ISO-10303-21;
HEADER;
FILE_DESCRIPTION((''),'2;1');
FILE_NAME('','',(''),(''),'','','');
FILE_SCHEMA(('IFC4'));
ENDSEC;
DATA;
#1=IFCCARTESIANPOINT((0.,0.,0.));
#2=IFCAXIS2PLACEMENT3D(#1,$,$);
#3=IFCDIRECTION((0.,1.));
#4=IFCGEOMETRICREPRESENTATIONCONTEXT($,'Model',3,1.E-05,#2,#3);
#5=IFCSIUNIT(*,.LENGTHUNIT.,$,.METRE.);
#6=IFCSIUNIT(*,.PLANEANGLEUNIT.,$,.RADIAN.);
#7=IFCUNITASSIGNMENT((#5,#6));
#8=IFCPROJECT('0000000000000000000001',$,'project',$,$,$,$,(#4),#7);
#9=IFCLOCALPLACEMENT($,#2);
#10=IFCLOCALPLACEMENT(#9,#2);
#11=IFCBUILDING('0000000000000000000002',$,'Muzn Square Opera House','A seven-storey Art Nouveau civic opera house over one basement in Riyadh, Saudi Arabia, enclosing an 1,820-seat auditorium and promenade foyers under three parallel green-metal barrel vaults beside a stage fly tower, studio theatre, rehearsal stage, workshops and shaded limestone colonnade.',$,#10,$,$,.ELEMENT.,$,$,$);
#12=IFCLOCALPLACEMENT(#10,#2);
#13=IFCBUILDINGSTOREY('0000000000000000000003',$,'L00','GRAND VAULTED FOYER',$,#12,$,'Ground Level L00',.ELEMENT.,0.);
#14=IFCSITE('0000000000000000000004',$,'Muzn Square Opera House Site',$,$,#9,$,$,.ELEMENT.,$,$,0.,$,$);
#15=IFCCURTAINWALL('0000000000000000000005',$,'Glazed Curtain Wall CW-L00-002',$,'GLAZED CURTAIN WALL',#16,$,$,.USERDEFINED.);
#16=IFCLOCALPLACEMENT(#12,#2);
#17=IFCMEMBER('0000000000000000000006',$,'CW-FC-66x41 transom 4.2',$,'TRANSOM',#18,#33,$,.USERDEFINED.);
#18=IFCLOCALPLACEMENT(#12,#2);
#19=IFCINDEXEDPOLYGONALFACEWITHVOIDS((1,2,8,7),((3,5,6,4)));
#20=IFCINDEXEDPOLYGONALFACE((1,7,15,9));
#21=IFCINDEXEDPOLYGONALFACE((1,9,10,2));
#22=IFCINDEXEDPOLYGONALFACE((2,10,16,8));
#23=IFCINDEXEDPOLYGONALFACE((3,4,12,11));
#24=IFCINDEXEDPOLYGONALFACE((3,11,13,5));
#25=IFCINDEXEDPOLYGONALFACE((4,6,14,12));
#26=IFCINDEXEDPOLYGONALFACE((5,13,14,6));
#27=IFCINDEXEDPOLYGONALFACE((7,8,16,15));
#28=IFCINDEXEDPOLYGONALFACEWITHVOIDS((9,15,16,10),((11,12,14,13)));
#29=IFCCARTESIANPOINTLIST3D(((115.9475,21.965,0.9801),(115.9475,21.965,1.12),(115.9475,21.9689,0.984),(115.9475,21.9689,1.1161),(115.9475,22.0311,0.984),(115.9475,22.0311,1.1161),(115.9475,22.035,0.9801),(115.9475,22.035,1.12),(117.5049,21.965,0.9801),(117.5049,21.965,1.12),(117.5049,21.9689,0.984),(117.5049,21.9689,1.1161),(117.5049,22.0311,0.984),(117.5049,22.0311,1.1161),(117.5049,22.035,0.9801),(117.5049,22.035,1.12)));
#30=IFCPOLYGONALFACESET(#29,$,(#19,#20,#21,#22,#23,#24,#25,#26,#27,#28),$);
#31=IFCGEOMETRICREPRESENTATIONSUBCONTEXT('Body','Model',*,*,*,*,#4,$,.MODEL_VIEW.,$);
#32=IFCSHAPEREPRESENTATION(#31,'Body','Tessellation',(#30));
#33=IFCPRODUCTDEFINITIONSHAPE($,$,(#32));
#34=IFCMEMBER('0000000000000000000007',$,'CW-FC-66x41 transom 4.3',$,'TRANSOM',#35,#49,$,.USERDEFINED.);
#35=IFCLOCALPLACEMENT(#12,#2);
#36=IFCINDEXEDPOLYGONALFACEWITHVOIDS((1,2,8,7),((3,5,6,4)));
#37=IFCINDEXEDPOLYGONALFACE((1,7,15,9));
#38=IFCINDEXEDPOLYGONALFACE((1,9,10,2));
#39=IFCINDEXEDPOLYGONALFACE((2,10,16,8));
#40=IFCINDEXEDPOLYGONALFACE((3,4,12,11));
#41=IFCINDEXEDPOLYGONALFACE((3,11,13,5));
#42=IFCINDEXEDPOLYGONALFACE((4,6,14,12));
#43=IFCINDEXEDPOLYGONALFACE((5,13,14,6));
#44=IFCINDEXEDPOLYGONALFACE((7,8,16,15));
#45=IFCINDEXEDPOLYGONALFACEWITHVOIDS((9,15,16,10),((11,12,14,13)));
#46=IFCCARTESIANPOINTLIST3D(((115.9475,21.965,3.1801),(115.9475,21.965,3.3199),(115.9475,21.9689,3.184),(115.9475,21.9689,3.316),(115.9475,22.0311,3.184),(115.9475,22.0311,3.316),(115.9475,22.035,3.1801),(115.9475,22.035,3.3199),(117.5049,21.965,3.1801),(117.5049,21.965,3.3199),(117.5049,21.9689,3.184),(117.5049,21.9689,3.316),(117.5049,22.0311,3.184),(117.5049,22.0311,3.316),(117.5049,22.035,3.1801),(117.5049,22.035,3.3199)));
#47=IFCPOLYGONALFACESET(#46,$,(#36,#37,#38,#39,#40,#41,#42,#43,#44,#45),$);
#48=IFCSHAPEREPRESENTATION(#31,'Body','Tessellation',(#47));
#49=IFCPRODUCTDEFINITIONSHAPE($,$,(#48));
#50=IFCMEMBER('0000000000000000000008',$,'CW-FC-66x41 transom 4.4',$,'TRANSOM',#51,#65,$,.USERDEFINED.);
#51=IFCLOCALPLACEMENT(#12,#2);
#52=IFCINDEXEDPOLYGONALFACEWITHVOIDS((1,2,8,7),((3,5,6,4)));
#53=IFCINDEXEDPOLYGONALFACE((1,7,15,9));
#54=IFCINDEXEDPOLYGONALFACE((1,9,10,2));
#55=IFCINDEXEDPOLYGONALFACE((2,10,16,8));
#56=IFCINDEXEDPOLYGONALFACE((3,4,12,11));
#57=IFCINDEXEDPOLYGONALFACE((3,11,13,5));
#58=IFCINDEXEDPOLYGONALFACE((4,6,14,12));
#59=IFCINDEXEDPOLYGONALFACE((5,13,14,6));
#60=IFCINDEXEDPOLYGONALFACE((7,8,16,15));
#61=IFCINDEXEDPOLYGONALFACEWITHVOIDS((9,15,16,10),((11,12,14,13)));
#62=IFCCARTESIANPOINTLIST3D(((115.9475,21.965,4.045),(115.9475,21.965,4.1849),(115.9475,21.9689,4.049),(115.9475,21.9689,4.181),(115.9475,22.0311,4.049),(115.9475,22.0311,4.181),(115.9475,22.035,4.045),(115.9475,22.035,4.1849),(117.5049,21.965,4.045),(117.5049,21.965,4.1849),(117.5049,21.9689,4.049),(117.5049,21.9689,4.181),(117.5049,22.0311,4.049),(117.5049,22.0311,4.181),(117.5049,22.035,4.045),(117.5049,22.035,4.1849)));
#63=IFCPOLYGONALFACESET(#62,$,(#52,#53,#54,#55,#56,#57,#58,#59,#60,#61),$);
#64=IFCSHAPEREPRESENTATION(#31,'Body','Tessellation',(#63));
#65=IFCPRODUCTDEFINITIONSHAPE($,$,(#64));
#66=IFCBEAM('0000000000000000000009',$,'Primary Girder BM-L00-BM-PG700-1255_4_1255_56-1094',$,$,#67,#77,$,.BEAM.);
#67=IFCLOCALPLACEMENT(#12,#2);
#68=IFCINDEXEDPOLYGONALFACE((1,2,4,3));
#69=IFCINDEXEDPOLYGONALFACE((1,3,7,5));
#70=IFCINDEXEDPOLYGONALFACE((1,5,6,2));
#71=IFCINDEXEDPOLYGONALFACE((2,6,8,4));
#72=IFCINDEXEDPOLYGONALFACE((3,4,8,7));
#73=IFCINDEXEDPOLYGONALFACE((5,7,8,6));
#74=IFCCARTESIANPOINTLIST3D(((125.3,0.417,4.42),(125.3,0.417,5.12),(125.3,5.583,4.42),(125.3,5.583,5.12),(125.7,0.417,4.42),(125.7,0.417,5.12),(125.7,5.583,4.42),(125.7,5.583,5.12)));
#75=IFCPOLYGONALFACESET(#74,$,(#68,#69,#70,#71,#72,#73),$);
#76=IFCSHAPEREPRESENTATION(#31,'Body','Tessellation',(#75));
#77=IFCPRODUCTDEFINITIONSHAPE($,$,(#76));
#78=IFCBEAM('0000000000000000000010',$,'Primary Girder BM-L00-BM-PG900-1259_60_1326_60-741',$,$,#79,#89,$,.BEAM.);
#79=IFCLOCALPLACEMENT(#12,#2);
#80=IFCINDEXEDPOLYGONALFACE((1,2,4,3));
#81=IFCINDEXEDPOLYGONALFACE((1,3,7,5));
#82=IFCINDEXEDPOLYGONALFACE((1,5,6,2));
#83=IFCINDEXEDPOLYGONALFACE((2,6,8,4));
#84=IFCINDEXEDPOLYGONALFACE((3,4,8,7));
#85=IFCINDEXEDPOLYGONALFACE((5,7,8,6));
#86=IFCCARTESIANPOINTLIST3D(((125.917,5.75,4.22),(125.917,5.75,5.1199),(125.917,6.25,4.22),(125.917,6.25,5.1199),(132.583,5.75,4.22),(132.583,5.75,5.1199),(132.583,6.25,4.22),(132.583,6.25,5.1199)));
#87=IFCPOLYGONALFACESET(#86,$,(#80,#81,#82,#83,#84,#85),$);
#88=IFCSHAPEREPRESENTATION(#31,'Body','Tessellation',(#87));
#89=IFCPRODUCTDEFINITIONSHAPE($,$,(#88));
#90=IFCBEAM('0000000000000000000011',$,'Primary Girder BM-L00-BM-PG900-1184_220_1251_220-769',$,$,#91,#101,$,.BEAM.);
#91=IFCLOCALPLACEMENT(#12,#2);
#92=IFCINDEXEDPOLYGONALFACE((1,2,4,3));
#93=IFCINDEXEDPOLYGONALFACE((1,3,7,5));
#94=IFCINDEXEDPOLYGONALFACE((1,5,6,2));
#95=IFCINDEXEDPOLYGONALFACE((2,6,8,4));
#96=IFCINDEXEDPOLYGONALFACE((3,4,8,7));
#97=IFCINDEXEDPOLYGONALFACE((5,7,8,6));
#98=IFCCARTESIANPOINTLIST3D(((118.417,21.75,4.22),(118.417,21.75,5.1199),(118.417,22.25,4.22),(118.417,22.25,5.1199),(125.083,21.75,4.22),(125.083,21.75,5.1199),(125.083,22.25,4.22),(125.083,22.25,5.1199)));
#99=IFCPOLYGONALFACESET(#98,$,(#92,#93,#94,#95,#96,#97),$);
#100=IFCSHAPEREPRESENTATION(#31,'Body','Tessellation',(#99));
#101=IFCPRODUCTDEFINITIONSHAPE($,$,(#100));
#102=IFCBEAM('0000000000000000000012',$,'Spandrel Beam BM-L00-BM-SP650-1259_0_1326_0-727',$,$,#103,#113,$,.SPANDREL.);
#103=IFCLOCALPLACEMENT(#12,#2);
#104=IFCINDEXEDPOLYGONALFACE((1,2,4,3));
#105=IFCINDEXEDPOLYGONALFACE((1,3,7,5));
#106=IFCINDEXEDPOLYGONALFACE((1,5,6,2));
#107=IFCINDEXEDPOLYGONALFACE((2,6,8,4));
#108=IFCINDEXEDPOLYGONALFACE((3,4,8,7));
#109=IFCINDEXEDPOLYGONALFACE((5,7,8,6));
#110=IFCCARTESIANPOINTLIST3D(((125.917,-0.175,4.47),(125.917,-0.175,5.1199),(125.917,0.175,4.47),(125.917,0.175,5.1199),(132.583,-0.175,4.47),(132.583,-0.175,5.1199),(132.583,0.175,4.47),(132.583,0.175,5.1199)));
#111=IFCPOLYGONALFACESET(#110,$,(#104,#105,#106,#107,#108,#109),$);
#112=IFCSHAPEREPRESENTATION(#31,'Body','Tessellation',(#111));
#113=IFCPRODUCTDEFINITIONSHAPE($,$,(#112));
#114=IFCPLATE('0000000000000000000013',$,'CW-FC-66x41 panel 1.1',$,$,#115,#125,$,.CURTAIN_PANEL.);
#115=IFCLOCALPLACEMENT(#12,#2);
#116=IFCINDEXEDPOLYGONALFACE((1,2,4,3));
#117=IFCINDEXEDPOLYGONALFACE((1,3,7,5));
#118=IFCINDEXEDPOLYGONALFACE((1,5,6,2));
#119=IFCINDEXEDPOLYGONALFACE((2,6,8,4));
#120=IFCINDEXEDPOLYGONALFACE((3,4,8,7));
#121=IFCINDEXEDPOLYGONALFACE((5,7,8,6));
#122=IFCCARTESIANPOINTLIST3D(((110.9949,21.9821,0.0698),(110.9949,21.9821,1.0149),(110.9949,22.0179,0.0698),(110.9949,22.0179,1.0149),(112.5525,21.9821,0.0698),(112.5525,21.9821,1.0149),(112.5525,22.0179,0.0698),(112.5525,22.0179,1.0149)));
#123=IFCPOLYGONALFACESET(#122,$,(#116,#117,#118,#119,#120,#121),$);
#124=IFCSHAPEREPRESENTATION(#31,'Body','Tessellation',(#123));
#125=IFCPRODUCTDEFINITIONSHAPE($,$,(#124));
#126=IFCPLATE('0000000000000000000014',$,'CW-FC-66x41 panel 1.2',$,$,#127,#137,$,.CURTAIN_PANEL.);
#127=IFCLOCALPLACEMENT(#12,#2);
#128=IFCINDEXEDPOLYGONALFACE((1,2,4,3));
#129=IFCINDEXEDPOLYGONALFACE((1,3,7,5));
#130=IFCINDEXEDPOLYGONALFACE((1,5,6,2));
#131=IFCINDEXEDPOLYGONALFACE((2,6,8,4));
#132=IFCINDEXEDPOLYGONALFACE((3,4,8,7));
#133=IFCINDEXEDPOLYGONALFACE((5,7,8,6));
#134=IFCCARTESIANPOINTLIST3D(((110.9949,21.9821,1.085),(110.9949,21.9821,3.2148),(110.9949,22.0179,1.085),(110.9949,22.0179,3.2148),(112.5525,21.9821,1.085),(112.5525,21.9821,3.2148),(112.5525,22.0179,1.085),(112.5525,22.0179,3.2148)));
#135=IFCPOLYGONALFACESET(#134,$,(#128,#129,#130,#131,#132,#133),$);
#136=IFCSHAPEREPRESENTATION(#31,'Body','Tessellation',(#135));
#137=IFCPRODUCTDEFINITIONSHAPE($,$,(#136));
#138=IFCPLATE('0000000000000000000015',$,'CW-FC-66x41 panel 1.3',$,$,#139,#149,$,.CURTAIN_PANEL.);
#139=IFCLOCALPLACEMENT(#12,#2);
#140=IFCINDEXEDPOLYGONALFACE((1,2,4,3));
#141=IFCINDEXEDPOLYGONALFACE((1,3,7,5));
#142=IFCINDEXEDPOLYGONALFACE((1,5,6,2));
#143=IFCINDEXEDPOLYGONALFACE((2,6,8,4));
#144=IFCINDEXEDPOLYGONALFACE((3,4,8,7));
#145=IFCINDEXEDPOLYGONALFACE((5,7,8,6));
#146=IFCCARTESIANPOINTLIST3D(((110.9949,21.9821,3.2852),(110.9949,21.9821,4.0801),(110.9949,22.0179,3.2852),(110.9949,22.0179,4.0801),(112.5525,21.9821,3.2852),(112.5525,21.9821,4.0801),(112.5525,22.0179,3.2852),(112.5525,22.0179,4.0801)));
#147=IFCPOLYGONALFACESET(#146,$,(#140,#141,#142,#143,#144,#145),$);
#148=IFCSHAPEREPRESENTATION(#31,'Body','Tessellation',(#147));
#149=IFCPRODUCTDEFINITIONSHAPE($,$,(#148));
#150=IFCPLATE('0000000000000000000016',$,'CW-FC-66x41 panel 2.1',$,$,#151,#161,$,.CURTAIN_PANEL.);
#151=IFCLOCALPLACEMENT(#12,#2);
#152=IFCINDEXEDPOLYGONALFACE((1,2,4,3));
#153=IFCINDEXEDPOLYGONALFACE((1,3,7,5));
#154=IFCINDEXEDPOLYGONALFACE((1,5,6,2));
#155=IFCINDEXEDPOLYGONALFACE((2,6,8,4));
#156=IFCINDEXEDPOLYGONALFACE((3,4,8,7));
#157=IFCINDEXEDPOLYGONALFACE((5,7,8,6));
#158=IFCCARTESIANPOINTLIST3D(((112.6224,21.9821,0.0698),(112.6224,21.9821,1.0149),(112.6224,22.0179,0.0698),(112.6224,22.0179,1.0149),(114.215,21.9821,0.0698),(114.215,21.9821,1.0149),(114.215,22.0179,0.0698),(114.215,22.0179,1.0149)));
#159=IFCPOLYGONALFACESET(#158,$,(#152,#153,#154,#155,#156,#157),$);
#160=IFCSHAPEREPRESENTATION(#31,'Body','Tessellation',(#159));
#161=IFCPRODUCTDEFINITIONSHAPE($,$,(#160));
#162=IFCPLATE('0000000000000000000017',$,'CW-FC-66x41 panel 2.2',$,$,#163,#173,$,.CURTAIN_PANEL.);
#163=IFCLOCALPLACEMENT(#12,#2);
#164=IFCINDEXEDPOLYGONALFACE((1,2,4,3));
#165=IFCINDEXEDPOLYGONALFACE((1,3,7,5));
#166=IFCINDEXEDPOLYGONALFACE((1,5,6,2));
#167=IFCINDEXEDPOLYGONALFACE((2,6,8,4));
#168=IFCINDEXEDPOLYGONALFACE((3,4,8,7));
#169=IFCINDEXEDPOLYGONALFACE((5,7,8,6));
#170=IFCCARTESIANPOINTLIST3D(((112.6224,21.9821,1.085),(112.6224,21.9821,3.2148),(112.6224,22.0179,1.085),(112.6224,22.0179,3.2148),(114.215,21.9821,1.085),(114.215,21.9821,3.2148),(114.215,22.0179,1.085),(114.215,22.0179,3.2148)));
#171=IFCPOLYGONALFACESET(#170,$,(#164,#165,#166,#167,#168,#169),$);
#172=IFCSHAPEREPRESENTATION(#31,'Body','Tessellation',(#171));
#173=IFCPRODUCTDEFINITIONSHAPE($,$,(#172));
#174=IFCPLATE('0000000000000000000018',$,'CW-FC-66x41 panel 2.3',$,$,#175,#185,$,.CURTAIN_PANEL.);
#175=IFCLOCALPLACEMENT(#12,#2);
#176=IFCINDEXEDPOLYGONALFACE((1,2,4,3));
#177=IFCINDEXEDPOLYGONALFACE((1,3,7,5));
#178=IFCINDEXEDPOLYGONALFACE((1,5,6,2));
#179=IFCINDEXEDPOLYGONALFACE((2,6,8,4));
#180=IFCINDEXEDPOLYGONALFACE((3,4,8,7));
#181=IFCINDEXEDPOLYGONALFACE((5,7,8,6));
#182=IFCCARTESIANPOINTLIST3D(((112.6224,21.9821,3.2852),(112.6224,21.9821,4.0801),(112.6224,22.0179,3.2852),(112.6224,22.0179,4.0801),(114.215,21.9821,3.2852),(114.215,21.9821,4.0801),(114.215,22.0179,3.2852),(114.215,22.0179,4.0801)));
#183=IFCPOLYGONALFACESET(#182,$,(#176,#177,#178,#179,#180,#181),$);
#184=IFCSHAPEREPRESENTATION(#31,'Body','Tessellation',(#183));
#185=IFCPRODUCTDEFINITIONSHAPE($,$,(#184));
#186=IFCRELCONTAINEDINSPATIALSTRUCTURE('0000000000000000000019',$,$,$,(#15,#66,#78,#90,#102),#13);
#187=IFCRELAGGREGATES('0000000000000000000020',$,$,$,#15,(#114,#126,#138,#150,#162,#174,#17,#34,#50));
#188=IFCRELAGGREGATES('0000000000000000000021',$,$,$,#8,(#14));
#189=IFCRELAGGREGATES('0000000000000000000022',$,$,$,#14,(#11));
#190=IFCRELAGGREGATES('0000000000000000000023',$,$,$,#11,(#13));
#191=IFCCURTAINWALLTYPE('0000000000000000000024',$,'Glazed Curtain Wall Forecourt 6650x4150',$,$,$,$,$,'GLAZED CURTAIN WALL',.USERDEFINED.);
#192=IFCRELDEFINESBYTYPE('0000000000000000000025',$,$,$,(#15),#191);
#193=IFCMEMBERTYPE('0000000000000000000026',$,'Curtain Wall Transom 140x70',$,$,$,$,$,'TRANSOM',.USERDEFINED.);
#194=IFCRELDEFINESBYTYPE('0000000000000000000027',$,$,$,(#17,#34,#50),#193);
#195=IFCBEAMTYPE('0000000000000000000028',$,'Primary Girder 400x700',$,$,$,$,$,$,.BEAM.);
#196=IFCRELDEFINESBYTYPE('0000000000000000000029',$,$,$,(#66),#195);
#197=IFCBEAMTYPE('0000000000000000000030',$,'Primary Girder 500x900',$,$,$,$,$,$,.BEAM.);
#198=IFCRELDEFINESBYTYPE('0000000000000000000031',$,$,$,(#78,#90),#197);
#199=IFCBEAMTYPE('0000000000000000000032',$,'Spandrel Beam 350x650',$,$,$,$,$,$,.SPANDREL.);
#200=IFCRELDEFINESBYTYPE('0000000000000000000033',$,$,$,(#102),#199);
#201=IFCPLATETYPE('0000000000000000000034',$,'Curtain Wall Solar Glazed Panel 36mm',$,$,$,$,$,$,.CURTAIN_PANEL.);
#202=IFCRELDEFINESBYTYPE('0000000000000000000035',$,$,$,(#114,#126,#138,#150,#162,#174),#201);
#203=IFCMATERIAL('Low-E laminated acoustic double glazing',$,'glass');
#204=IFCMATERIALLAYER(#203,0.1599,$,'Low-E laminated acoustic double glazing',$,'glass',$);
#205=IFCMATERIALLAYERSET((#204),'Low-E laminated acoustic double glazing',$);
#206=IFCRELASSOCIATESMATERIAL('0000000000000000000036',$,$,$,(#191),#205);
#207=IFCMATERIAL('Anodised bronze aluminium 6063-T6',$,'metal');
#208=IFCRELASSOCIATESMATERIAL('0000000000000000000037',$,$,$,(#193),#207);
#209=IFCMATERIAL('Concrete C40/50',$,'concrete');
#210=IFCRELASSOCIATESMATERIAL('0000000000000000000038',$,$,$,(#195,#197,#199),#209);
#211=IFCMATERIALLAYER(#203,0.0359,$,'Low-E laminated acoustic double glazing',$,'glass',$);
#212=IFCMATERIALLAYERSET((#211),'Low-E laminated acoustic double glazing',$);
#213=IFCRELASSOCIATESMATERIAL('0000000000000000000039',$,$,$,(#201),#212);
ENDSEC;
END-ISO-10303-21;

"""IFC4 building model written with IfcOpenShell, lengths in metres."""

from ifc_helpers import new_model, si_unit, direction, frame, origin, origin_2d, place, context, subcontext, project, spatial, rectangle, hollow_rectangle, extrude, material, layer, layer_set, material_profile, profile_set, type_object, element, aggregate, save


model = new_model("IFC4")

# Units and contexts
model_context = context("Model", 3, precision=1e-05, world=origin(), true_north=direction((0.0, 1.0)))
body_context = subcontext(model_context, "Body", "Model", "MODEL_VIEW")
ifc_project = project(units=[si_unit("LENGTHUNIT", "METRE"), si_unit("PLANEANGLEUNIT", "RADIAN")], contexts=[model_context])

# Site, building, storey
site_placement = place(None, origin())
site = spatial("IfcSite", under=ifc_project, at=site_placement, Name="Muzn Square Opera House Site", CompositionType="ELEMENT", RefElevation=0.0)
building_placement = place(site_placement, origin())
building = spatial("IfcBuilding", under=site, at=building_placement, Name="Muzn Square Opera House", Description="A seven-storey Art Nouveau civic opera house over one basement in Riyadh, Saudi Arabia, enclosing an 1,820-seat auditorium and promenade foyers under three parallel green-metal barrel vaults beside a stage fly tower, studio theatre, rehearsal stage, workshops and shaded limestone colonnade.", CompositionType="ELEMENT")
storey_placement = place(building_placement, origin())
storey = spatial("IfcBuildingStorey", under=building, at=storey_placement, Name="L00", Description="GRAND VAULTED FOYER", LongName="Ground Level L00", CompositionType="ELEMENT", Elevation=0.0)

# Curtain wall, members
ifc_material_1 = material(Name="Low-E laminated acoustic double glazing", Category="glass")
ifc_layer_1 = layer(ifc_material_1, 0.1599, Name="Low-E laminated acoustic double glazing", Category="glass")
ifc_layer_set_1 = layer_set([ifc_layer_1], Name="Low-E laminated acoustic double glazing")
curtain_wall_type = type_object("IfcCurtainWallType", Name="Glazed Curtain Wall Forecourt 6650x4150", ElementType="GLAZED CURTAIN WALL", PredefinedType="USERDEFINED", material=ifc_layer_set_1)
curtain_wall_placement = place(storey_placement, origin())
curtain_wall = element("IfcCurtainWall", 1, at=curtain_wall_placement, inside=storey, type_object=curtain_wall_type, Name="Glazed Curtain Wall CW-L00-002", ObjectType="GLAZED CURTAIN WALL", PredefinedType="USERDEFINED")
ifc_material_2 = material(Name="Anodised bronze aluminium 6063-T6", Category="metal")
ifc_material_profile_1 = material_profile(ifc_material_2, hollow_rectangle(XDim=0.0701, YDim=0.1399, WallThickness=0.0039, at=origin_2d()), Name="ALU 140x70x4", Category="metal")
ifc_profile_set_1 = profile_set([ifc_material_profile_1], Name="Anodised bronze aluminium 6063-T6")
member_type_1 = type_object("IfcMemberType", Name="Curtain Wall Transom 140x70", ElementType="TRANSOM", PredefinedType="USERDEFINED", material=ifc_profile_set_1)
member_1_placement = place(storey_placement, frame((115.9475, 22.0, 1.05), z_axis=(1.0, 0.0, 0.0), x_axis=(0.0, 1.0, 0.0)))
member_1 = element("IfcMember", 2, at=member_1_placement, type_object=member_type_1, Name="CW-FC-66x41 transom 4.2", ObjectType="TRANSOM", PredefinedType="USERDEFINED", context=body_context, shape_type="SweptSolid", body=[
    extrude(hollow_rectangle(XDim=0.0701, YDim=0.1399, WallThickness=0.0039, at=origin_2d()), origin(), (0.0, 0.0, 1.0), 1.5574),
])
member_2_placement = place(storey_placement, frame((115.9475, 22.0, 3.25), z_axis=(1.0, 0.0, 0.0), x_axis=(0.0, 1.0, 0.0)))
member_2 = element("IfcMember", 3, at=member_2_placement, type_object=member_type_1, Name="CW-FC-66x41 transom 4.3", ObjectType="TRANSOM", PredefinedType="USERDEFINED", context=body_context, shape_type="SweptSolid", body=[
    extrude(hollow_rectangle(XDim=0.0701, YDim=0.1399, WallThickness=0.0039, at=origin_2d()), origin(), (0.0, 0.0, 1.0), 1.5574),
])
member_3_placement = place(storey_placement, frame((115.9475, 22.0, 4.115), z_axis=(1.0, 0.0, 0.0), x_axis=(0.0, 1.0, 0.0)))
member_3 = element("IfcMember", 4, at=member_3_placement, type_object=member_type_1, Name="CW-FC-66x41 transom 4.4", ObjectType="TRANSOM", PredefinedType="USERDEFINED", context=body_context, shape_type="SweptSolid", body=[
    extrude(hollow_rectangle(XDim=0.0701, YDim=0.1399, WallThickness=0.0039, at=origin_2d()), origin(), (0.0, 0.0, 1.0), 1.5574),
])

# Beams
ifc_material_3 = material(Name="Concrete C40/50", Category="concrete")
ifc_material_profile_2 = material_profile(ifc_material_3, rectangle(XDim=0.3999, YDim=0.7, at=origin_2d()), Name="RCB 400x700", Category="concrete")
ifc_profile_set_2 = profile_set([ifc_material_profile_2], Name="Concrete C40/50")
beam_type_1 = type_object("IfcBeamType", Name="Primary Girder 400x700", PredefinedType="BEAM", material=ifc_profile_set_2)
beam_1_placement = place(storey_placement, frame((125.5, 0.417, 4.77), z_axis=(0.0, 1.0, 0.0), x_axis=(-1.0, 0.0, 0.0)))
element("IfcBeam", 5, at=beam_1_placement, inside=storey, type_object=beam_type_1, Name="Primary Girder BM-L00-BM-PG700-1255_4_1255_56-1094", PredefinedType="BEAM", context=body_context, shape_type="SweptSolid", body=[
    extrude(rectangle(XDim=0.3999, YDim=0.7, at=origin_2d()), origin(), (0.0, 0.0, 1.0), 5.166),
])
ifc_material_profile_3 = material_profile(ifc_material_3, rectangle(XDim=0.5, YDim=0.8999, at=origin_2d()), Name="RCB 500x900", Category="concrete")
ifc_profile_set_3 = profile_set([ifc_material_profile_3], Name="Concrete C40/50")
beam_type_2 = type_object("IfcBeamType", Name="Primary Girder 500x900", PredefinedType="BEAM", material=ifc_profile_set_3)
for number, where, z_axis, x_axis, name in (
    (6, (125.917, 6.0, 4.6699), (1.0, 0.0, 0.0), (0.0, 1.0, 0.0), "Primary Girder BM-L00-BM-PG900-1259_60_1326_60-741"),
    (7, (118.417, 22.0, 4.6699), (1.0, 0.0, 0.0), (0.0, 1.0, 0.0), "Primary Girder BM-L00-BM-PG900-1184_220_1251_220-769"),
):
    element("IfcBeam", number, at=place(storey_placement, frame(where, z_axis=z_axis, x_axis=x_axis)), inside=storey, type_object=beam_type_2, Name=name, PredefinedType="BEAM", context=body_context, shape_type="SweptSolid", body=[
        extrude(rectangle(XDim=0.5, YDim=0.8999, at=origin_2d()), origin(), (0.0, 0.0, 1.0), 6.666),
    ])
ifc_material_profile_4 = material_profile(ifc_material_3, rectangle(XDim=0.3501, YDim=0.6499, at=origin_2d()), Name="RCS 350x650", Category="concrete")
ifc_profile_set_4 = profile_set([ifc_material_profile_4], Name="Concrete C40/50")
beam_type_3 = type_object("IfcBeamType", Name="Spandrel Beam 350x650", PredefinedType="SPANDREL", material=ifc_profile_set_4)
beam_2_placement = place(storey_placement, frame((125.917, 0.0, 4.7949), z_axis=(1.0, 0.0, 0.0), x_axis=(0.0, 1.0, 0.0)))
element("IfcBeam", 8, at=beam_2_placement, inside=storey, type_object=beam_type_3, Name="Spandrel Beam BM-L00-BM-SP650-1259_0_1326_0-727", PredefinedType="SPANDREL", context=body_context, shape_type="SweptSolid", body=[
    extrude(rectangle(XDim=0.3501, YDim=0.6499, at=origin_2d()), origin(), (0.0, 0.0, 1.0), 6.666),
])

# Plates
ifc_layer_2 = layer(ifc_material_1, 0.0359, Name="Low-E laminated acoustic double glazing", Category="glass")
ifc_layer_set_2 = layer_set([ifc_layer_2], Name="Low-E laminated acoustic double glazing")
plate_type = type_object("IfcPlateType", Name="Curtain Wall Solar Glazed Panel 36mm", PredefinedType="CURTAIN_PANEL", material=ifc_layer_set_2)
plate_1_placement = place(storey_placement, frame((111.7737, 22.0, 0.0698), z_axis=(0.0, 0.0, 1.0), x_axis=(1.0, 0.0, 0.0)))
plate_1 = element("IfcPlate", 9, at=plate_1_placement, type_object=plate_type, Name="CW-FC-66x41 panel 1.1", PredefinedType="CURTAIN_PANEL", context=body_context, shape_type="SweptSolid", body=[
    extrude(rectangle(XDim=1.5576, YDim=0.0359, at=origin_2d()), origin(), (0.0, 0.0, 1.0), 0.9451),
])
plate_2_placement = place(storey_placement, frame((111.7737, 22.0, 1.085), z_axis=(0.0, 0.0, 1.0), x_axis=(1.0, 0.0, 0.0)))
plate_2 = element("IfcPlate", 10, at=plate_2_placement, type_object=plate_type, Name="CW-FC-66x41 panel 1.2", PredefinedType="CURTAIN_PANEL", context=body_context, shape_type="SweptSolid", body=[
    extrude(rectangle(XDim=1.5576, YDim=0.0359, at=origin_2d()), origin(), (0.0, 0.0, 1.0), 2.1299),
])
plate_3_placement = place(storey_placement, frame((111.7737, 22.0, 3.2852), z_axis=(0.0, 0.0, 1.0), x_axis=(1.0, 0.0, 0.0)))
plate_3 = element("IfcPlate", 11, at=plate_3_placement, type_object=plate_type, Name="CW-FC-66x41 panel 1.3", PredefinedType="CURTAIN_PANEL", context=body_context, shape_type="SweptSolid", body=[
    extrude(rectangle(XDim=1.5576, YDim=0.0359, at=origin_2d()), origin(), (0.0, 0.0, 1.0), 0.7949),
])
plate_4_placement = place(storey_placement, frame((113.4187, 22.0, 0.0698), z_axis=(0.0, 0.0, 1.0), x_axis=(1.0, 0.0, 0.0)))
plate_4 = element("IfcPlate", 12, at=plate_4_placement, type_object=plate_type, Name="CW-FC-66x41 panel 2.1", PredefinedType="CURTAIN_PANEL", context=body_context, shape_type="SweptSolid", body=[
    extrude(rectangle(XDim=1.5925, YDim=0.0359, at=origin_2d()), origin(), (0.0, 0.0, 1.0), 0.9451),
])
plate_5_placement = place(storey_placement, frame((113.4187, 22.0, 1.085), z_axis=(0.0, 0.0, 1.0), x_axis=(1.0, 0.0, 0.0)))
plate_5 = element("IfcPlate", 13, at=plate_5_placement, type_object=plate_type, Name="CW-FC-66x41 panel 2.2", PredefinedType="CURTAIN_PANEL", context=body_context, shape_type="SweptSolid", body=[
    extrude(rectangle(XDim=1.5925, YDim=0.0359, at=origin_2d()), origin(), (0.0, 0.0, 1.0), 2.1299),
])
plate_6_placement = place(storey_placement, frame((113.4187, 22.0, 3.2852), z_axis=(0.0, 0.0, 1.0), x_axis=(1.0, 0.0, 0.0)))
plate_6 = element("IfcPlate", 14, at=plate_6_placement, type_object=plate_type, Name="CW-FC-66x41 panel 2.3", PredefinedType="CURTAIN_PANEL", context=body_context, shape_type="SweptSolid", body=[
    extrude(rectangle(XDim=1.5925, YDim=0.0359, at=origin_2d()), origin(), (0.0, 0.0, 1.0), 0.7949),
])
aggregate(curtain_wall, [plate_1, plate_2, plate_3, plate_4, plate_5, plate_6, member_1, member_2, member_3])

save(model, "model.ifc")
